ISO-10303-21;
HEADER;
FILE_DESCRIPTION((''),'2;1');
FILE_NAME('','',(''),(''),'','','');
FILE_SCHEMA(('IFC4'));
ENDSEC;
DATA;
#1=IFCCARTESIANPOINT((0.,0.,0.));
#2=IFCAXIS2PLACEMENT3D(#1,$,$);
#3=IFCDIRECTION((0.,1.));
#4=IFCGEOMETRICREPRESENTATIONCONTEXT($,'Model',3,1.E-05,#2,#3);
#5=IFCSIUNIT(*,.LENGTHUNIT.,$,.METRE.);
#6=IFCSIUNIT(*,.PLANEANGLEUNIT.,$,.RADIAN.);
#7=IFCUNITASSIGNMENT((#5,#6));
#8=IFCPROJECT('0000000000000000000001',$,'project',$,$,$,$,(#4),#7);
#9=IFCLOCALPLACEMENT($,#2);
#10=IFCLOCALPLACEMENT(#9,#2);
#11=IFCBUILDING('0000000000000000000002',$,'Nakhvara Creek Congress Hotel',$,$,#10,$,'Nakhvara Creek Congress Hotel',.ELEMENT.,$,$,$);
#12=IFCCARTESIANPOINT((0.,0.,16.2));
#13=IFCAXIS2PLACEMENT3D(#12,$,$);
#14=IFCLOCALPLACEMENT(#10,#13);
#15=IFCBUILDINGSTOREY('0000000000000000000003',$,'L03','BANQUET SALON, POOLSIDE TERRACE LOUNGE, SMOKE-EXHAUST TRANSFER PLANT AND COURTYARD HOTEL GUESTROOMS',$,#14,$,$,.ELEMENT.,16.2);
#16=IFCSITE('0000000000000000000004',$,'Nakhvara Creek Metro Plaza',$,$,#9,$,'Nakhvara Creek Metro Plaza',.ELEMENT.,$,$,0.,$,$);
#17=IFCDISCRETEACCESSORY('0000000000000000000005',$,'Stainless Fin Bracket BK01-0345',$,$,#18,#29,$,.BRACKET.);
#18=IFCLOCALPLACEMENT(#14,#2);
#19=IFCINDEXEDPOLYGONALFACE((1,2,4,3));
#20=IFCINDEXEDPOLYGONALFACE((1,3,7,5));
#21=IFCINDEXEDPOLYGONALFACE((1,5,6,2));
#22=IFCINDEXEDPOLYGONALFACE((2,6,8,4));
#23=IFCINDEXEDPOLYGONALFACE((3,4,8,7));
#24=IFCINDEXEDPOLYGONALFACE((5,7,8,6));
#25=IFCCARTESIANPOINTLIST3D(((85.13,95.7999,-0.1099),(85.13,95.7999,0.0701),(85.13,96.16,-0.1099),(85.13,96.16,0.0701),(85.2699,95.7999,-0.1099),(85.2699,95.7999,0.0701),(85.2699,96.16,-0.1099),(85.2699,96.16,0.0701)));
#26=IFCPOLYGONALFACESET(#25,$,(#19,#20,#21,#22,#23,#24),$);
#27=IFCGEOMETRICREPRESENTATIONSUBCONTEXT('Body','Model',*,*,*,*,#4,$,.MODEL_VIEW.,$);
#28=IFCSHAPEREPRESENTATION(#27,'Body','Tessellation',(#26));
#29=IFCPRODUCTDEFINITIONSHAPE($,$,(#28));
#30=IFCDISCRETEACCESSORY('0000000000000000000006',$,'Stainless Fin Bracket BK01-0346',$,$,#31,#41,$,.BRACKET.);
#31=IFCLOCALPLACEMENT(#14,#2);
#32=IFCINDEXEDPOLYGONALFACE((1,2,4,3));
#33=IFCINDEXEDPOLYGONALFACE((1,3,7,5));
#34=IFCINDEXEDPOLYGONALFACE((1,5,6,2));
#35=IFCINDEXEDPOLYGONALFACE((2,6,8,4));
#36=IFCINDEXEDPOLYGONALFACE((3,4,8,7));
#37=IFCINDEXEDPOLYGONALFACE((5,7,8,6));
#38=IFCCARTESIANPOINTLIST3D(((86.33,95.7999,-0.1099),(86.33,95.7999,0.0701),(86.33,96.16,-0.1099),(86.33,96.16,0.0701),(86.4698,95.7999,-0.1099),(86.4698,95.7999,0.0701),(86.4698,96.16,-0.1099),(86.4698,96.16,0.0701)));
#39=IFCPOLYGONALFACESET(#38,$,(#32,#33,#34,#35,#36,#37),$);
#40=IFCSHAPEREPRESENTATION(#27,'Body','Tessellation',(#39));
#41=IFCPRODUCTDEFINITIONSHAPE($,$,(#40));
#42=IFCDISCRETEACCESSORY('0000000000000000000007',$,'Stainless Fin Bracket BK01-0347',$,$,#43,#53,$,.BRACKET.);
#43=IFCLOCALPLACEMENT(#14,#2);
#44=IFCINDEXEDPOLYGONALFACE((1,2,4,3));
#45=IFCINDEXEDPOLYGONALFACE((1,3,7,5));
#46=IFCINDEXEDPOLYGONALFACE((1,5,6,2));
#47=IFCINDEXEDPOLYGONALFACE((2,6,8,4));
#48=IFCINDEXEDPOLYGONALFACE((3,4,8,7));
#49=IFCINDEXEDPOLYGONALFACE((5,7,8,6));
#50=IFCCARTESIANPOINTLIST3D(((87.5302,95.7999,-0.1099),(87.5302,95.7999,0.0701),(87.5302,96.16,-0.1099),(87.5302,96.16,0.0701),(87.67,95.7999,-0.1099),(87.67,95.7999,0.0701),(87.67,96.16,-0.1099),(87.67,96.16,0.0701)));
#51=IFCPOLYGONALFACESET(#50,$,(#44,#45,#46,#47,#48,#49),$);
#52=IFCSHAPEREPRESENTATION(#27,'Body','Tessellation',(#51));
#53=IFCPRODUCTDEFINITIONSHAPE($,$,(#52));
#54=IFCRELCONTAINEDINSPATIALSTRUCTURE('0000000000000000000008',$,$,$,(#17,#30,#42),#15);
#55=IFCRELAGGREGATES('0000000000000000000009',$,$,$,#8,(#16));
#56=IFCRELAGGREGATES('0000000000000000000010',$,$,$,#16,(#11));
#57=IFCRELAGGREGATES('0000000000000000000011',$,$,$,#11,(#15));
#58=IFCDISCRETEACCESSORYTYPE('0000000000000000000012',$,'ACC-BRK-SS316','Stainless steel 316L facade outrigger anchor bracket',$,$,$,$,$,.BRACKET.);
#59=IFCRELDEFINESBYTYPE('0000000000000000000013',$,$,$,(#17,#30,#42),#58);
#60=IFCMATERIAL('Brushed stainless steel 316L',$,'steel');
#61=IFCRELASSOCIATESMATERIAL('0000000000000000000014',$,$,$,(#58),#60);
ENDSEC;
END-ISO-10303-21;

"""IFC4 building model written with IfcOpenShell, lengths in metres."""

from ifc_helpers import new_model, si_unit, direction, frame, origin, origin_2d, place, context, subcontext, project, spatial, rectangle, extrude, material, type_object, element, save


model = new_model("IFC4")

# Units and contexts
model_context = context("Model", 3, precision=1e-05, world=origin(), true_north=direction((0.0, 1.0)))
body_context = subcontext(model_context, "Body", "Model", "MODEL_VIEW")
ifc_project = project(units=[si_unit("LENGTHUNIT", "METRE"), si_unit("PLANEANGLEUNIT", "RADIAN")], contexts=[model_context])

# Site, building, storey
site_placement = place(None, origin())
site = spatial("IfcSite", under=ifc_project, at=site_placement, Name="Nakhvara Creek Metro Plaza", LongName="Nakhvara Creek Metro Plaza", CompositionType="ELEMENT", RefElevation=0.0)
building_placement = place(site_placement, origin())
building = spatial("IfcBuilding", under=site, at=building_placement, Name="Nakhvara Creek Congress Hotel", LongName="Nakhvara Creek Congress Hotel", CompositionType="ELEMENT")
storey_placement = place(building_placement, frame((0.0, 0.0, 16.2)))
storey = spatial("IfcBuildingStorey", under=building, at=storey_placement, Name="L03", Description="BANQUET SALON, POOLSIDE TERRACE LOUNGE, SMOKE-EXHAUST TRANSFER PLANT AND COURTYARD HOTEL GUESTROOMS", CompositionType="ELEMENT", Elevation=16.2)

# Shared definitions
ifc_material_1 = material(Name="Brushed stainless steel 316L", Category="steel")

# Discrete accessories
discrete_accessory_type = type_object("IfcDiscreteAccessoryType", Name="ACC-BRK-SS316", Description="Stainless steel 316L facade outrigger anchor bracket", PredefinedType="BRACKET", material=ifc_material_1)
for number, where, z_axis, x_axis, name in (
    (1, (85.2, 95.98, -0.1099), (0.0, 0.0, 1.0), (1.0, 0.0, 0.0), "Stainless Fin Bracket BK01-0345"),
    (2, (86.3999, 95.98, -0.1099), (0.0, 0.0, 1.0), (1.0, 0.0, 0.0), "Stainless Fin Bracket BK01-0346"),
    (3, (87.6001, 95.98, -0.1099), (0.0, 0.0, 1.0), (1.0, 0.0, 0.0), "Stainless Fin Bracket BK01-0347"),
):
    element("IfcDiscreteAccessory", number, at=place(storey_placement, frame(where, z_axis=z_axis, x_axis=x_axis)), inside=storey, type_object=discrete_accessory_type, Name=name, PredefinedType="BRACKET", context=body_context, shape_type="SweptSolid", body=[
        extrude(rectangle(XDim=0.1399, YDim=0.3601, at=origin_2d()), origin(), (0.0, 0.0, 1.0), 0.1799),
    ])

save(model, "model.ifc")
